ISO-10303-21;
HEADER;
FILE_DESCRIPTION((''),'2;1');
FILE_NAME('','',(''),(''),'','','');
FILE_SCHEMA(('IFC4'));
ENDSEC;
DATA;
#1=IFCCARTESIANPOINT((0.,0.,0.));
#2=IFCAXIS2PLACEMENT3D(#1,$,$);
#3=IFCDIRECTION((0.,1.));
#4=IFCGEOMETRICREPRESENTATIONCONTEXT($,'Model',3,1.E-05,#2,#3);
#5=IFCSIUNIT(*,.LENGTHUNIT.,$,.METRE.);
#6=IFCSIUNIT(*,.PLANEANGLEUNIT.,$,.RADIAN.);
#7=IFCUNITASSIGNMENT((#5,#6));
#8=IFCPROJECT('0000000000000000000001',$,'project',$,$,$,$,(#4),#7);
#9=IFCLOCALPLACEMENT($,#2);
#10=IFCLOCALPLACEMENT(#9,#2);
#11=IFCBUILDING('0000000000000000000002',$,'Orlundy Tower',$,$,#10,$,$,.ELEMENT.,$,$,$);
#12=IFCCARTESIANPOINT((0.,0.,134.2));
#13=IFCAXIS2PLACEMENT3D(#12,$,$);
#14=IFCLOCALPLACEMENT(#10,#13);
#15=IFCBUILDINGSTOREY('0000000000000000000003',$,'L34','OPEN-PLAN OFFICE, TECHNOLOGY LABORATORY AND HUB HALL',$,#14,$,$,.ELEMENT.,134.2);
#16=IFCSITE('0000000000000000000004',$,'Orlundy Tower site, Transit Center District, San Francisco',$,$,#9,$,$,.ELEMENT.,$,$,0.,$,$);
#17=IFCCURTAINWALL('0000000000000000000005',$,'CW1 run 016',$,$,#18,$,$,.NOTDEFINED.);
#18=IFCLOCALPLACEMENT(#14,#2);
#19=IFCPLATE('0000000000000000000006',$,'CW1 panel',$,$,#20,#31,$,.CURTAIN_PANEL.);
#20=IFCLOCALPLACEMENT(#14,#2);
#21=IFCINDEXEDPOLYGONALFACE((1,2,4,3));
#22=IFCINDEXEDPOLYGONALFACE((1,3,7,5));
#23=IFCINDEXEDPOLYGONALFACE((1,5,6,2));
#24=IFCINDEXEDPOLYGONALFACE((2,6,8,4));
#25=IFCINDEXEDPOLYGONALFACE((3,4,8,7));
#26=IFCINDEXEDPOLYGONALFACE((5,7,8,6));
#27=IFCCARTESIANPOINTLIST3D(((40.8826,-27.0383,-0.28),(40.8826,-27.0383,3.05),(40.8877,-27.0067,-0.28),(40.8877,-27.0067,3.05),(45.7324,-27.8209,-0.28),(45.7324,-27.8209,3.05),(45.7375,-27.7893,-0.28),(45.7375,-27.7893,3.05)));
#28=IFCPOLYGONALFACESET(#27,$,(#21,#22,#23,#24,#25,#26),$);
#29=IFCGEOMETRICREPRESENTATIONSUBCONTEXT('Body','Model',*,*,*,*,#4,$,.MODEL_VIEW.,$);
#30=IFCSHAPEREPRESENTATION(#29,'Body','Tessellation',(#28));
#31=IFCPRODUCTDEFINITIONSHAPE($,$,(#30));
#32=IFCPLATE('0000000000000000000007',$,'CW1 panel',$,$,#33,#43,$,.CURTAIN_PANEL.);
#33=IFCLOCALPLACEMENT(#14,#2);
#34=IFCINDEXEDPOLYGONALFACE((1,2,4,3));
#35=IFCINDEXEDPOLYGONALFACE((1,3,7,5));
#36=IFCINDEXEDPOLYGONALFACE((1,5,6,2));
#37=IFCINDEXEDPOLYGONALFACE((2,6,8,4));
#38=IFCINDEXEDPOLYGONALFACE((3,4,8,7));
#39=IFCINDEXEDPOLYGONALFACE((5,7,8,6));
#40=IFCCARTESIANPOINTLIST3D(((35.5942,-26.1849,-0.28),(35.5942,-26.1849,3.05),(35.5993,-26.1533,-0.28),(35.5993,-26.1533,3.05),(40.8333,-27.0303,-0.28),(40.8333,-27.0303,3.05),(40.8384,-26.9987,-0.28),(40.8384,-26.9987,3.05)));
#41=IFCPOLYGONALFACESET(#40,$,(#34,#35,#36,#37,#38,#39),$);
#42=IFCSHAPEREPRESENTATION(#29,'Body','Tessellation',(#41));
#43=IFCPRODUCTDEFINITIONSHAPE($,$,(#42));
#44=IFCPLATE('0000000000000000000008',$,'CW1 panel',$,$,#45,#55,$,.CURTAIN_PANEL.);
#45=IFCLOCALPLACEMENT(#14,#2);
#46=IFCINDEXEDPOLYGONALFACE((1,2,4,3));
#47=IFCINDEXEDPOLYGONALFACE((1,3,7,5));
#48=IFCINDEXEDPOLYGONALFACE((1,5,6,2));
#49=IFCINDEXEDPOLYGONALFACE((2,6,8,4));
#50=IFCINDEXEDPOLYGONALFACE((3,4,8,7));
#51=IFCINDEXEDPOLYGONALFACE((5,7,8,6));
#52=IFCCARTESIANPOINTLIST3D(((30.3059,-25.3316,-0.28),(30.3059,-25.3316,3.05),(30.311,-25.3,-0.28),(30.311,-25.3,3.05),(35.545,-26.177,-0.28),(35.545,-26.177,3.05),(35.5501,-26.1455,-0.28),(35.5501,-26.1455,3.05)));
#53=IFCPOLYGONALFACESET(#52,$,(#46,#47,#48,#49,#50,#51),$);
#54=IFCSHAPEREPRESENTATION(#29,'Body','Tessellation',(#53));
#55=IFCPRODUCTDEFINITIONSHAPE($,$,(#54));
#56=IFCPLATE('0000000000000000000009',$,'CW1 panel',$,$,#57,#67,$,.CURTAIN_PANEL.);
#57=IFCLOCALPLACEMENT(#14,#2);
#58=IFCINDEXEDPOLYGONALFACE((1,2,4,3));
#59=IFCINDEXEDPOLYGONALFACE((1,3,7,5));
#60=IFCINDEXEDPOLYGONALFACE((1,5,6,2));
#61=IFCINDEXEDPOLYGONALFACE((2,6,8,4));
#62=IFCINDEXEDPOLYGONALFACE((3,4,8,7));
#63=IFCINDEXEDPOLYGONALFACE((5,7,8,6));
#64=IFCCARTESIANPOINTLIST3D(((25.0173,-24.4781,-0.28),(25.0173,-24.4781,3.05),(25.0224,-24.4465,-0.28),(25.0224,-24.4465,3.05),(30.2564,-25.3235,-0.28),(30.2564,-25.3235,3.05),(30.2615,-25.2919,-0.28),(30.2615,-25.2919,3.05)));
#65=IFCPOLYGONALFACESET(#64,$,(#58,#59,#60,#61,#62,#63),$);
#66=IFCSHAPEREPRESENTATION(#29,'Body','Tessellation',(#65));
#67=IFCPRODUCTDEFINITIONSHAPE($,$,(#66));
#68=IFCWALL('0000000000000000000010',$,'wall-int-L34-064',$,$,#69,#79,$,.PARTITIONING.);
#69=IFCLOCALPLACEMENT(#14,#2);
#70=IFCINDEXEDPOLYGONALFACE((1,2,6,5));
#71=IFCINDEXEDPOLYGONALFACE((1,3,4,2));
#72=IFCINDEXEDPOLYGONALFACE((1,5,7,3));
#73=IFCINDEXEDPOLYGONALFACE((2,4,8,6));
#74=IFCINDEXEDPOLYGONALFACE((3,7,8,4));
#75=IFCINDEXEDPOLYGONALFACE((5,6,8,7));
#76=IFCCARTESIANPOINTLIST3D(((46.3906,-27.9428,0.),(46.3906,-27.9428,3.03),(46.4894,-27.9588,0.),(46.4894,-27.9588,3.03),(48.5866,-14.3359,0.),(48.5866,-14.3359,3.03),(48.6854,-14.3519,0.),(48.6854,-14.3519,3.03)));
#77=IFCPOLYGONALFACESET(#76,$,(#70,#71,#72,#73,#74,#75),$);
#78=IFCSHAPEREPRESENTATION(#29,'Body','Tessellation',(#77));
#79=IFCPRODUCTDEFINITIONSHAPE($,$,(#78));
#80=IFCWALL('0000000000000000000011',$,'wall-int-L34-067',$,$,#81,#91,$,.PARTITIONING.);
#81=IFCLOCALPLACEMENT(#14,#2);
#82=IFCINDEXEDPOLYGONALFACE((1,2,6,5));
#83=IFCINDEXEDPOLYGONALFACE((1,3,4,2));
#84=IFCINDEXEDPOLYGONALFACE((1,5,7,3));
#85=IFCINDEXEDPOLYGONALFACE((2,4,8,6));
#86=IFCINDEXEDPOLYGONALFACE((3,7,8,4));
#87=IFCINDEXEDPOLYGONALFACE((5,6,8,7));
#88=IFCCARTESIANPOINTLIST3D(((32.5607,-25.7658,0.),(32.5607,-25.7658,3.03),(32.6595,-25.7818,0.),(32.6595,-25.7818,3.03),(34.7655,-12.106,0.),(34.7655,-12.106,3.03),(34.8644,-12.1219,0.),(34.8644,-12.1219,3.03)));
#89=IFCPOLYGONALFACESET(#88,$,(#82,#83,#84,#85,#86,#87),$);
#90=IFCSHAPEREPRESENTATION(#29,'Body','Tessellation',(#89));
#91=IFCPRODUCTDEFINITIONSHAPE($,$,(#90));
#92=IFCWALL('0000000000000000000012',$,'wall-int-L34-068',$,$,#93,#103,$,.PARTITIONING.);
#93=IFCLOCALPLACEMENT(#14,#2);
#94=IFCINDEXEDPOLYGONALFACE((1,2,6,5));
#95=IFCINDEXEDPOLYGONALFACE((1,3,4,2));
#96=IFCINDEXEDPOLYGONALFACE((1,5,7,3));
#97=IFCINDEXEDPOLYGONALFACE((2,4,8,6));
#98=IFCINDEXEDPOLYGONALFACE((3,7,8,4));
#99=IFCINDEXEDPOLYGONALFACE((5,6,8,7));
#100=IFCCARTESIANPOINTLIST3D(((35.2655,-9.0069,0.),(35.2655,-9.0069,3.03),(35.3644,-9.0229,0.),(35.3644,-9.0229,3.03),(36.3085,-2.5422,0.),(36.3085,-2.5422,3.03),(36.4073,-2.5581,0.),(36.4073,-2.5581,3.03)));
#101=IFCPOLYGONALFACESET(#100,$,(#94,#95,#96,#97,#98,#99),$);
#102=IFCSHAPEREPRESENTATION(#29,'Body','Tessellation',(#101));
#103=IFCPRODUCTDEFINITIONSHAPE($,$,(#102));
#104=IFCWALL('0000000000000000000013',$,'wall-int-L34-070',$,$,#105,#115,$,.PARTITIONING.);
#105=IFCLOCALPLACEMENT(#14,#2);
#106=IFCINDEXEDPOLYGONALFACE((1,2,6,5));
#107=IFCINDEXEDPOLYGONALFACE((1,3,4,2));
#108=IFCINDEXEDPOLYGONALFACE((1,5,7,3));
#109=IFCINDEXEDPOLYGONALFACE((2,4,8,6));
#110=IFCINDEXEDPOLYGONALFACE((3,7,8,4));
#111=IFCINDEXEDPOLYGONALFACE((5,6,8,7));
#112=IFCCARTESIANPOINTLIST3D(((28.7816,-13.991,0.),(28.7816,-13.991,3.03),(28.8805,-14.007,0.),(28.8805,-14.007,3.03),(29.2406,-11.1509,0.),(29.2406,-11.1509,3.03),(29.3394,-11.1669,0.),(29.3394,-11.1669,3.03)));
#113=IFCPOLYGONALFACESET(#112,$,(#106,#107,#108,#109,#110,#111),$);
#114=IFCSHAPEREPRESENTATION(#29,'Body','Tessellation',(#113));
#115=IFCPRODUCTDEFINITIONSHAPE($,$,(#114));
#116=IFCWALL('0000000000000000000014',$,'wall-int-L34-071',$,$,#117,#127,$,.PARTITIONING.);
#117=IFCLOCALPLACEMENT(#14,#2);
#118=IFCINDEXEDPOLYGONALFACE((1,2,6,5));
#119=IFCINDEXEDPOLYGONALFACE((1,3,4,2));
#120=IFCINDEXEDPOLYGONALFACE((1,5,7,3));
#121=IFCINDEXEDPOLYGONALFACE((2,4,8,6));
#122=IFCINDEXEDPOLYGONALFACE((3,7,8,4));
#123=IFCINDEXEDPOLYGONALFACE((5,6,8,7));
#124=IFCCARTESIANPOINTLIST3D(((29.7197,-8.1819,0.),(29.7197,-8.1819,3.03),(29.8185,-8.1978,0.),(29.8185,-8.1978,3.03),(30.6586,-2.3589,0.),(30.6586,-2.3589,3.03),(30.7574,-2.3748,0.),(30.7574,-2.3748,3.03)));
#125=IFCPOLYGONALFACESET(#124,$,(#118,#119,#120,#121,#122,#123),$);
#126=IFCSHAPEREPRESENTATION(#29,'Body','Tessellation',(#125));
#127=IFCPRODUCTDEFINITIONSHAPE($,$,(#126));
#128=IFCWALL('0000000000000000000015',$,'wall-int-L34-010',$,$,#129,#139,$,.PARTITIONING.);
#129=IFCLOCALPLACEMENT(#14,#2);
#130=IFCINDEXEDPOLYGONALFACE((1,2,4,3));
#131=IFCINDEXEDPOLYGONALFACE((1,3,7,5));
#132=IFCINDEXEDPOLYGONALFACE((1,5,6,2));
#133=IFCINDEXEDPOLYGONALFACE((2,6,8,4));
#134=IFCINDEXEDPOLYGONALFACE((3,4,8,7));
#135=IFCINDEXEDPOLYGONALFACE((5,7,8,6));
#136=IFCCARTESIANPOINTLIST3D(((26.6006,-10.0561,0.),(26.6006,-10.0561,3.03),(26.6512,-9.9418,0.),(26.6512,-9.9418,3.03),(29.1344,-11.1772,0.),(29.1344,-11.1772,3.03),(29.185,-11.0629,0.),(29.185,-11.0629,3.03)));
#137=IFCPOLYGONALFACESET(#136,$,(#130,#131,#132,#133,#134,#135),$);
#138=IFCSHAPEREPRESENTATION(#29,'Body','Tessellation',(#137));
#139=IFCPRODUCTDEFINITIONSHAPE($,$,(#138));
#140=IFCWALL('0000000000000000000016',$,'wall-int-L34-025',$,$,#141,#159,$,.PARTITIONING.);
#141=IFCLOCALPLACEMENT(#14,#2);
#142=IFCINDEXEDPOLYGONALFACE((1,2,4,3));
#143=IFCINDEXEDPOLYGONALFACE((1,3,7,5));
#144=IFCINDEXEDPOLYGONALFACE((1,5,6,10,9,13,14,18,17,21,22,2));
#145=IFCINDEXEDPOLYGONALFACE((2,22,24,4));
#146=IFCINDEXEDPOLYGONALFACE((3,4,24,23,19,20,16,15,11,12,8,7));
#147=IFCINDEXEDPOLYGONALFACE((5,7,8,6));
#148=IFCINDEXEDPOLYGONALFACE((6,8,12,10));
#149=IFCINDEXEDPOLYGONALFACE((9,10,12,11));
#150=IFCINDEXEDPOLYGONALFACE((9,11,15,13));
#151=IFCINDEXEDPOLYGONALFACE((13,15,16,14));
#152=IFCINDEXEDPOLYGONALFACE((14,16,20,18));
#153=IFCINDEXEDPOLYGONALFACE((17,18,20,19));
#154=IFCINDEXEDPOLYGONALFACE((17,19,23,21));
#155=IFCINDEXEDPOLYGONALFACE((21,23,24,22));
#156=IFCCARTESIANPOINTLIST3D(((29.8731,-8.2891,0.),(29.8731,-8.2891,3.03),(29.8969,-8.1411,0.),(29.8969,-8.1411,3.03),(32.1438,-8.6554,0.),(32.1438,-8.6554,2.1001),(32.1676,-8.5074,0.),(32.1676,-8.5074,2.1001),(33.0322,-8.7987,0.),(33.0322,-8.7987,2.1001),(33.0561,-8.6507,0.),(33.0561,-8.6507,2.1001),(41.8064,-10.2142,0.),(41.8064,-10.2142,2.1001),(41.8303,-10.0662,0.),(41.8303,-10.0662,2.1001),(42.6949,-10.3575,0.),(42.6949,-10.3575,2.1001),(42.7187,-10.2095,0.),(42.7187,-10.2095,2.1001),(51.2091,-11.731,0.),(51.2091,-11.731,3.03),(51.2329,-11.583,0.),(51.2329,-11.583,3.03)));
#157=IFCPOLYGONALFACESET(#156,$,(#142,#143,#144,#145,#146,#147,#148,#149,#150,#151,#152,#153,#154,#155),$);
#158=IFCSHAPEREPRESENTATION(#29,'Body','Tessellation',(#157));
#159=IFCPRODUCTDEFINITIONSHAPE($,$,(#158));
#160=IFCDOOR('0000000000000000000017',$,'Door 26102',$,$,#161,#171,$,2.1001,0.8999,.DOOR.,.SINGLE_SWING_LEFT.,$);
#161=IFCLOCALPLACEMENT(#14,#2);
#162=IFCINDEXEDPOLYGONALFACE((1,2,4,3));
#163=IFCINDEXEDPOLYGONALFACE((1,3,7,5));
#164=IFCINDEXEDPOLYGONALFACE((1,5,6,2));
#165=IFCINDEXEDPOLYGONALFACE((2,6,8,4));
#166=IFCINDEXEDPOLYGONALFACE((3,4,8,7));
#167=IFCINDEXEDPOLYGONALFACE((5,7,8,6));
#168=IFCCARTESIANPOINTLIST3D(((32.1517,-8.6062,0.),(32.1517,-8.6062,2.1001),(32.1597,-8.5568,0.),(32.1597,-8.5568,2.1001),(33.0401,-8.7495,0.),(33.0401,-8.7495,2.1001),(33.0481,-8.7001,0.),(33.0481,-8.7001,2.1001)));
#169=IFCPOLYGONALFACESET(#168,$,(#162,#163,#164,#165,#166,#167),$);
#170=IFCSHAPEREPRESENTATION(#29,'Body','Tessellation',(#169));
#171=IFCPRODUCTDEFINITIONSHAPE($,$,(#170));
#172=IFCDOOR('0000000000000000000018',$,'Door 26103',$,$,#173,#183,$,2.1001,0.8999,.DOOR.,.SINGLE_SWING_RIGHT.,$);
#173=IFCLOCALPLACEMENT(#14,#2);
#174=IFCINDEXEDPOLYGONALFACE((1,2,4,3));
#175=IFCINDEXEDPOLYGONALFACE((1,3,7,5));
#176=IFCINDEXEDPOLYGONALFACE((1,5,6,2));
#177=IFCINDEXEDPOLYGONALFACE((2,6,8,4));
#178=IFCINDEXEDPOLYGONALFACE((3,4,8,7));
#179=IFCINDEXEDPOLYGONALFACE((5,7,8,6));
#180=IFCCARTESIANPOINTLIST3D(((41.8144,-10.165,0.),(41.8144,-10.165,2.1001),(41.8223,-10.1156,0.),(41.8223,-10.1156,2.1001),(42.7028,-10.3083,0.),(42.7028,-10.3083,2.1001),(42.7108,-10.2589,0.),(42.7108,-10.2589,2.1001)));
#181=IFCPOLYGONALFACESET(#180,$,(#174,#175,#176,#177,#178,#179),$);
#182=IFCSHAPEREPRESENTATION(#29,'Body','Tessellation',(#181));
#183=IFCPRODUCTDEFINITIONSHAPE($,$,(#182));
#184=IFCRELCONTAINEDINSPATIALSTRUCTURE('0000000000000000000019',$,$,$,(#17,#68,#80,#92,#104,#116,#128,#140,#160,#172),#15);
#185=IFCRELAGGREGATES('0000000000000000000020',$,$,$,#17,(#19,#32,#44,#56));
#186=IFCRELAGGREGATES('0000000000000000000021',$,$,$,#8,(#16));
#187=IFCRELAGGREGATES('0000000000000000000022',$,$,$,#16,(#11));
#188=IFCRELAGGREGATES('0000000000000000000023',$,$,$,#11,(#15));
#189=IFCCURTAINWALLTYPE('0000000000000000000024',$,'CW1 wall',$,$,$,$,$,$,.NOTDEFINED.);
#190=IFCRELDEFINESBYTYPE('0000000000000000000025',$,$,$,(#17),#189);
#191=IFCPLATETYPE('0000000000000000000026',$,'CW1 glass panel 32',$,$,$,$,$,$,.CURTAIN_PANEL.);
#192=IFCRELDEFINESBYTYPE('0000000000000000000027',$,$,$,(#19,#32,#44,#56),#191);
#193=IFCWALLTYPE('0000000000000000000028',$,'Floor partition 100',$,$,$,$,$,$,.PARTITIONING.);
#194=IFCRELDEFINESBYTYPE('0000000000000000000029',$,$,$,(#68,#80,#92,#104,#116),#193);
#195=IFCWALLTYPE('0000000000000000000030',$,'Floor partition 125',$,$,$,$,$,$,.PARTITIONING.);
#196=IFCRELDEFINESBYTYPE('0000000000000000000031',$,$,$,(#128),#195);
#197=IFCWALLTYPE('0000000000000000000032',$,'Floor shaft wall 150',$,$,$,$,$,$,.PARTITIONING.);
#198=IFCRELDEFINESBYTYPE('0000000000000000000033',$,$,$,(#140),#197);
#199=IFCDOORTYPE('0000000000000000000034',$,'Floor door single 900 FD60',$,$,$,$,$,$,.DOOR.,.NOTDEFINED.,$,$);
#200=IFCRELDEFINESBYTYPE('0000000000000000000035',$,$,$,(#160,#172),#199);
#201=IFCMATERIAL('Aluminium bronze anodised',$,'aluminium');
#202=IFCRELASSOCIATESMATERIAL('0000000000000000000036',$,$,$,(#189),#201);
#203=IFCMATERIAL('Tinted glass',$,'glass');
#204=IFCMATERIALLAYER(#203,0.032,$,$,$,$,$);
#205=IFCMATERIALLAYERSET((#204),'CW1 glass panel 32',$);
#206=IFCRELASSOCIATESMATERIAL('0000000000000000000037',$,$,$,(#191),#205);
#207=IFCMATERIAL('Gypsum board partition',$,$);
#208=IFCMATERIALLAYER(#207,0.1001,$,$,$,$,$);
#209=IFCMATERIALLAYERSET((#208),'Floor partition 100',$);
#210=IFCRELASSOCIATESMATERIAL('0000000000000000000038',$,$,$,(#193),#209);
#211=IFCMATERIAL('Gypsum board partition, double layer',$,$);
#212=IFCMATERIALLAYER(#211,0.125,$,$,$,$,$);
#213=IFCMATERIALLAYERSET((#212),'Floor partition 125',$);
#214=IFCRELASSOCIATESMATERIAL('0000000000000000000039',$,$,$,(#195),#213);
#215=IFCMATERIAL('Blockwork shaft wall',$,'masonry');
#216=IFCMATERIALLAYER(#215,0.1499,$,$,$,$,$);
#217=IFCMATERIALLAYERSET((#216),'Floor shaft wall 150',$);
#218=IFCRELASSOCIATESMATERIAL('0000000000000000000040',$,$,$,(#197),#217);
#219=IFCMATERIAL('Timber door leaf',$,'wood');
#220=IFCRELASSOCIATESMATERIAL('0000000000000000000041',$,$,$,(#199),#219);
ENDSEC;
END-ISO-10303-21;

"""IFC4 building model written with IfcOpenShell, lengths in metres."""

from ifc_helpers import new_model, si_unit, direction, frame, frame_2d, origin, origin_2d, place, context, subcontext, project, spatial, rectangle, extrude, material, layer, layer_set, type_object, element, fill, aggregate, save


model = new_model("IFC4")

# Units and contexts
model_context = context("Model", 3, precision=1e-05, world=origin(), true_north=direction((0.0, 1.0)))
body_context = subcontext(model_context, "Body", "Model", "MODEL_VIEW")
ifc_project = project(units=[si_unit("LENGTHUNIT", "METRE"), si_unit("PLANEANGLEUNIT", "RADIAN")], contexts=[model_context])

# Site, building, storey
site_placement = place(None, origin())
site = spatial("IfcSite", under=ifc_project, at=site_placement, Name="Orlundy Tower site, Transit Center District, San Francisco", CompositionType="ELEMENT", RefElevation=0.0)
building_placement = place(site_placement, origin())
building = spatial("IfcBuilding", under=site, at=building_placement, Name="Orlundy Tower", CompositionType="ELEMENT")
storey_placement = place(building_placement, frame((0.0, 0.0, 134.2)))
storey = spatial("IfcBuildingStorey", under=building, at=storey_placement, Name="L34", Description="OPEN-PLAN OFFICE, TECHNOLOGY LABORATORY AND HUB HALL", CompositionType="ELEMENT", Elevation=134.2)

# Curtain wall
ifc_material_1 = material(Name="Aluminium bronze anodised", Category="aluminium")
curtain_wall_type = type_object("IfcCurtainWallType", Name="CW1 wall", PredefinedType="NOTDEFINED", material=ifc_material_1)
curtain_wall_1_placement = place(storey_placement, origin())
curtain_wall_1 = element("IfcCurtainWall", 1, at=curtain_wall_1_placement, inside=storey, type_object=curtain_wall_type, Name="CW1 run 016", PredefinedType="NOTDEFINED")

# Shared definitions
ifc_material_2 = material(Name="Tinted glass", Category="glass")
ifc_layer_1 = layer(ifc_material_2, 0.032)
ifc_layer_set_1 = layer_set([ifc_layer_1], Name="CW1 glass panel 32")
plate_type = type_object("IfcPlateType", Name="CW1 glass panel 32", PredefinedType="CURTAIN_PANEL", material=ifc_layer_set_1)

# Plates
plate_1_placement = place(storey_placement, frame((43.3101, -27.4138, -0.28), z_axis=(0.0, 0.0, 1.0), x_axis=(-0.987228, 0.159311, 0.0)))
plate_1 = element("IfcPlate", 2, at=plate_1_placement, type_object=plate_type, Name="CW1 panel", PredefinedType="CURTAIN_PANEL", context=body_context, shape_type="SweptSolid", body=[
    extrude(rectangle(XDim=4.9126, YDim=0.032, at=origin_2d()), origin(), (0.0, 0.0, 1.0), 3.3301),
])
plate_2_placement = place(storey_placement, frame((38.2163, -26.5918, -0.28), z_axis=(0.0, 0.0, 1.0), x_axis=(-0.987228, 0.159311, 0.0)))
plate_2 = element("IfcPlate", 3, at=plate_2_placement, type_object=plate_type, Name="CW1 panel", PredefinedType="CURTAIN_PANEL", context=body_context, shape_type="SweptSolid", body=[
    extrude(rectangle(XDim=5.3069, YDim=0.032, at=origin_2d()), origin(), (0.0, 0.0, 1.0), 3.3301),
])
plate_3_placement = place(storey_placement, frame((32.928, -25.7385, -0.28), z_axis=(0.0, 0.0, 1.0), x_axis=(-0.987228, 0.159311, 0.0)))
plate_3 = element("IfcPlate", 4, at=plate_3_placement, type_object=plate_type, Name="CW1 panel", PredefinedType="CURTAIN_PANEL", context=body_context, shape_type="SweptSolid", body=[
    extrude(rectangle(XDim=5.3069, YDim=0.032, at=origin_2d()), origin(), (0.0, 0.0, 1.0), 3.3301),
])
plate_4_placement = place(storey_placement, frame((27.6394, -24.885, -0.28), z_axis=(0.0, 0.0, 1.0), x_axis=(-0.987228, 0.159311, 0.0)))
plate_4 = element("IfcPlate", 5, at=plate_4_placement, type_object=plate_type, Name="CW1 panel", PredefinedType="CURTAIN_PANEL", context=body_context, shape_type="SweptSolid", body=[
    extrude(rectangle(XDim=5.3069, YDim=0.032, at=origin_2d()), origin(), (0.0, 0.0, 1.0), 3.3301),
])
aggregate(curtain_wall_1, [plate_1, plate_2, plate_3, plate_4])

# Walls
ifc_material_3 = material(Name="Gypsum board partition")
ifc_layer_2 = layer(ifc_material_3, 0.1001)
ifc_layer_set_2 = layer_set([ifc_layer_2], Name="Floor partition 100")
wall_type_1 = type_object("IfcWallType", Name="Floor partition 100", PredefinedType="PARTITIONING", material=ifc_layer_set_2)
wall_1_placement = place(storey_placement, frame((46.4399, -27.9509, 0.0), z_axis=(0.0, 0.0, 1.0), x_axis=(0.15933, 0.987225, 0.0)))
element("IfcWall", 6, at=wall_1_placement, inside=storey, type_object=wall_type_1, Name="wall-int-L34-064", PredefinedType="PARTITIONING", context=body_context, shape_type="SweptSolid", body=[
    extrude(rectangle(XDim=13.783, YDim=0.1001, at=frame_2d((6.8916, 0.0))), origin(), (0.0, 0.0, 1.0), 3.03),
])
wall_2_placement = place(storey_placement, frame((32.6101, -25.7739, 0.0), z_axis=(0.0, 0.0, 1.0), x_axis=(0.159347, 0.987223, 0.0)))
element("IfcWall", 7, at=wall_2_placement, inside=storey, type_object=wall_type_1, Name="wall-int-L34-067", PredefinedType="PARTITIONING", context=body_context, shape_type="SweptSolid", body=[
    extrude(rectangle(XDim=13.8367, YDim=0.1001, at=frame_2d((6.9185, 0.0))), origin(), (0.0, 0.0, 1.0), 3.03),
])
wall_3_placement = place(storey_placement, frame((35.3149, -9.0149, 0.0), z_axis=(0.0, 0.0, 1.0), x_axis=(0.15927, 0.987235, 0.0)))
element("IfcWall", 8, at=wall_3_placement, inside=storey, type_object=wall_type_1, Name="wall-int-L34-068", PredefinedType="PARTITIONING", context=body_context, shape_type="SweptSolid", body=[
    extrude(rectangle(XDim=6.5483, YDim=0.1001, at=frame_2d((3.2742, 0.0))), origin(), (0.0, 0.0, 1.0), 3.03),
])
wall_4_placement = place(storey_placement, frame((28.8311, -13.999, 0.0), z_axis=(0.0, 0.0, 1.0), x_axis=(0.159539, 0.987192, 0.0)))
element("IfcWall", 9, at=wall_4_placement, inside=storey, type_object=wall_type_1, Name="wall-int-L34-070", PredefinedType="PARTITIONING", context=body_context, shape_type="SweptSolid", body=[
    extrude(rectangle(XDim=2.877, YDim=0.1001, at=frame_2d((1.4385, 0.0))), origin(), (0.0, 0.0, 1.0), 3.03),
])
wall_5_placement = place(storey_placement, frame((29.769, -8.1899, 0.0), z_axis=(0.0, 0.0, 1.0), x_axis=(0.159195, 0.987247, 0.0)))
element("IfcWall", 10, at=wall_5_placement, inside=storey, type_object=wall_type_1, Name="wall-int-L34-071", PredefinedType="PARTITIONING", context=body_context, shape_type="SweptSolid", body=[
    extrude(rectangle(XDim=5.8982, YDim=0.1001, at=frame_2d((2.9492, 0.0))), origin(), (0.0, 0.0, 1.0), 3.03),
])
ifc_material_4 = material(Name="Gypsum board partition, double layer")
ifc_layer_3 = layer(ifc_material_4, 0.125)
ifc_layer_set_3 = layer_set([ifc_layer_3], Name="Floor partition 125")
wall_type_2 = type_object("IfcWallType", Name="Floor partition 125", PredefinedType="PARTITIONING", material=ifc_layer_set_3)
wall_6_placement = place(storey_placement, frame((26.626, -9.999, 0.0), z_axis=(0.0, 0.0, 1.0), x_axis=(0.914493, -0.404601, 0.0)))
element("IfcWall", 11, at=wall_6_placement, inside=storey, type_object=wall_type_2, Name="wall-int-L34-010", PredefinedType="PARTITIONING", context=body_context, shape_type="SweptSolid", body=[
    extrude(rectangle(XDim=2.7708, YDim=0.125, at=frame_2d((1.3853, 0.0))), origin(), (0.0, 0.0, 1.0), 3.03),
])

# Wall, openings, doors
ifc_material_5 = material(Name="Blockwork shaft wall", Category="masonry")
ifc_layer_4 = layer(ifc_material_5, 0.1499)
ifc_layer_set_4 = layer_set([ifc_layer_4], Name="Floor shaft wall 150")
wall_type_3 = type_object("IfcWallType", Name="Floor shaft wall 150", PredefinedType="PARTITIONING", material=ifc_layer_set_4)
wall_7_placement = place(storey_placement, frame((29.885, -8.2151, 0.0), z_axis=(0.0, 0.0, 1.0), x_axis=(0.987237, -0.15926, 0.0)))
wall_7 = element("IfcWall", 12, at=wall_7_placement, inside=storey, type_object=wall_type_3, Name="wall-int-L34-025", PredefinedType="PARTITIONING", context=body_context, shape_type="SweptSolid", body=[
    extrude(rectangle(XDim=21.6118, YDim=0.1499, at=frame_2d((10.8059, 0.0))), origin(), (0.0, 0.0, 1.0), 3.03),
])
opening_1_placement = place(wall_7_placement, frame((2.3, 0.0, 0.0)))
opening_1 = element("IfcOpeningElement", 13, at=opening_1_placement, cuts=wall_7, PredefinedType="OPENING", context=body_context, shape_type="SweptSolid", body=[
    extrude(rectangle(XDim=0.8999, YDim=2.1001, at=frame_2d((0.45, 1.05))), frame((0.0, 0.085, 0.0), z_axis=(0.0, -1.0, 0.0), x_axis=(1.0, 0.0, 0.0)), (0.0, 0.0, 1.0), 0.1699),
])
opening_2_placement = place(wall_7_placement, frame((12.0876, 0.0, 0.0)))
opening_2 = element("IfcOpeningElement", 14, at=opening_2_placement, cuts=wall_7, PredefinedType="OPENING", context=body_context, shape_type="SweptSolid", body=[
    extrude(rectangle(XDim=0.8999, YDim=2.1001, at=frame_2d((0.45, 1.05))), frame((0.0, 0.085, 0.0), z_axis=(0.0, -1.0, 0.0), x_axis=(1.0, 0.0, 0.0)), (0.0, 0.0, 1.0), 0.1699),
])
ifc_material_6 = material(Name="Timber door leaf", Category="wood")
door_type = type_object("IfcDoorType", Name="Floor door single 900 FD60", OperationType="NOTDEFINED", PredefinedType="DOOR", material=ifc_material_6)
door_1_placement = place(opening_1_placement, origin())
door_1 = element("IfcDoor", 15, at=door_1_placement, inside=storey, type_object=door_type, Name="Door 26102", OperationType="SINGLE_SWING_LEFT", OverallHeight=2.1001, OverallWidth=0.8999, PredefinedType="DOOR", context=body_context, shape_type="SweptSolid", body=[
    extrude(rectangle(XDim=0.8999, YDim=2.1001, at=frame_2d((0.45, 1.05))), frame((0.0, 0.0249, 0.0), z_axis=(0.0, -1.0, 0.0), x_axis=(1.0, 0.0, 0.0)), (0.0, 0.0, 1.0), 0.05),
])
fill(opening_1, door_1)
door_2_placement = place(opening_2_placement, origin())
door_2 = element("IfcDoor", 16, at=door_2_placement, inside=storey, type_object=door_type, Name="Door 26103", OperationType="SINGLE_SWING_RIGHT", OverallHeight=2.1001, OverallWidth=0.8999, PredefinedType="DOOR", context=body_context, shape_type="SweptSolid", body=[
    extrude(rectangle(XDim=0.8999, YDim=2.1001, at=frame_2d((0.45, 1.05))), frame((0.0, 0.0249, 0.0), z_axis=(0.0, -1.0, 0.0), x_axis=(1.0, 0.0, 0.0)), (0.0, 0.0, 1.0), 0.05),
])
fill(opening_2, door_2)

save(model, "model.ifc")
